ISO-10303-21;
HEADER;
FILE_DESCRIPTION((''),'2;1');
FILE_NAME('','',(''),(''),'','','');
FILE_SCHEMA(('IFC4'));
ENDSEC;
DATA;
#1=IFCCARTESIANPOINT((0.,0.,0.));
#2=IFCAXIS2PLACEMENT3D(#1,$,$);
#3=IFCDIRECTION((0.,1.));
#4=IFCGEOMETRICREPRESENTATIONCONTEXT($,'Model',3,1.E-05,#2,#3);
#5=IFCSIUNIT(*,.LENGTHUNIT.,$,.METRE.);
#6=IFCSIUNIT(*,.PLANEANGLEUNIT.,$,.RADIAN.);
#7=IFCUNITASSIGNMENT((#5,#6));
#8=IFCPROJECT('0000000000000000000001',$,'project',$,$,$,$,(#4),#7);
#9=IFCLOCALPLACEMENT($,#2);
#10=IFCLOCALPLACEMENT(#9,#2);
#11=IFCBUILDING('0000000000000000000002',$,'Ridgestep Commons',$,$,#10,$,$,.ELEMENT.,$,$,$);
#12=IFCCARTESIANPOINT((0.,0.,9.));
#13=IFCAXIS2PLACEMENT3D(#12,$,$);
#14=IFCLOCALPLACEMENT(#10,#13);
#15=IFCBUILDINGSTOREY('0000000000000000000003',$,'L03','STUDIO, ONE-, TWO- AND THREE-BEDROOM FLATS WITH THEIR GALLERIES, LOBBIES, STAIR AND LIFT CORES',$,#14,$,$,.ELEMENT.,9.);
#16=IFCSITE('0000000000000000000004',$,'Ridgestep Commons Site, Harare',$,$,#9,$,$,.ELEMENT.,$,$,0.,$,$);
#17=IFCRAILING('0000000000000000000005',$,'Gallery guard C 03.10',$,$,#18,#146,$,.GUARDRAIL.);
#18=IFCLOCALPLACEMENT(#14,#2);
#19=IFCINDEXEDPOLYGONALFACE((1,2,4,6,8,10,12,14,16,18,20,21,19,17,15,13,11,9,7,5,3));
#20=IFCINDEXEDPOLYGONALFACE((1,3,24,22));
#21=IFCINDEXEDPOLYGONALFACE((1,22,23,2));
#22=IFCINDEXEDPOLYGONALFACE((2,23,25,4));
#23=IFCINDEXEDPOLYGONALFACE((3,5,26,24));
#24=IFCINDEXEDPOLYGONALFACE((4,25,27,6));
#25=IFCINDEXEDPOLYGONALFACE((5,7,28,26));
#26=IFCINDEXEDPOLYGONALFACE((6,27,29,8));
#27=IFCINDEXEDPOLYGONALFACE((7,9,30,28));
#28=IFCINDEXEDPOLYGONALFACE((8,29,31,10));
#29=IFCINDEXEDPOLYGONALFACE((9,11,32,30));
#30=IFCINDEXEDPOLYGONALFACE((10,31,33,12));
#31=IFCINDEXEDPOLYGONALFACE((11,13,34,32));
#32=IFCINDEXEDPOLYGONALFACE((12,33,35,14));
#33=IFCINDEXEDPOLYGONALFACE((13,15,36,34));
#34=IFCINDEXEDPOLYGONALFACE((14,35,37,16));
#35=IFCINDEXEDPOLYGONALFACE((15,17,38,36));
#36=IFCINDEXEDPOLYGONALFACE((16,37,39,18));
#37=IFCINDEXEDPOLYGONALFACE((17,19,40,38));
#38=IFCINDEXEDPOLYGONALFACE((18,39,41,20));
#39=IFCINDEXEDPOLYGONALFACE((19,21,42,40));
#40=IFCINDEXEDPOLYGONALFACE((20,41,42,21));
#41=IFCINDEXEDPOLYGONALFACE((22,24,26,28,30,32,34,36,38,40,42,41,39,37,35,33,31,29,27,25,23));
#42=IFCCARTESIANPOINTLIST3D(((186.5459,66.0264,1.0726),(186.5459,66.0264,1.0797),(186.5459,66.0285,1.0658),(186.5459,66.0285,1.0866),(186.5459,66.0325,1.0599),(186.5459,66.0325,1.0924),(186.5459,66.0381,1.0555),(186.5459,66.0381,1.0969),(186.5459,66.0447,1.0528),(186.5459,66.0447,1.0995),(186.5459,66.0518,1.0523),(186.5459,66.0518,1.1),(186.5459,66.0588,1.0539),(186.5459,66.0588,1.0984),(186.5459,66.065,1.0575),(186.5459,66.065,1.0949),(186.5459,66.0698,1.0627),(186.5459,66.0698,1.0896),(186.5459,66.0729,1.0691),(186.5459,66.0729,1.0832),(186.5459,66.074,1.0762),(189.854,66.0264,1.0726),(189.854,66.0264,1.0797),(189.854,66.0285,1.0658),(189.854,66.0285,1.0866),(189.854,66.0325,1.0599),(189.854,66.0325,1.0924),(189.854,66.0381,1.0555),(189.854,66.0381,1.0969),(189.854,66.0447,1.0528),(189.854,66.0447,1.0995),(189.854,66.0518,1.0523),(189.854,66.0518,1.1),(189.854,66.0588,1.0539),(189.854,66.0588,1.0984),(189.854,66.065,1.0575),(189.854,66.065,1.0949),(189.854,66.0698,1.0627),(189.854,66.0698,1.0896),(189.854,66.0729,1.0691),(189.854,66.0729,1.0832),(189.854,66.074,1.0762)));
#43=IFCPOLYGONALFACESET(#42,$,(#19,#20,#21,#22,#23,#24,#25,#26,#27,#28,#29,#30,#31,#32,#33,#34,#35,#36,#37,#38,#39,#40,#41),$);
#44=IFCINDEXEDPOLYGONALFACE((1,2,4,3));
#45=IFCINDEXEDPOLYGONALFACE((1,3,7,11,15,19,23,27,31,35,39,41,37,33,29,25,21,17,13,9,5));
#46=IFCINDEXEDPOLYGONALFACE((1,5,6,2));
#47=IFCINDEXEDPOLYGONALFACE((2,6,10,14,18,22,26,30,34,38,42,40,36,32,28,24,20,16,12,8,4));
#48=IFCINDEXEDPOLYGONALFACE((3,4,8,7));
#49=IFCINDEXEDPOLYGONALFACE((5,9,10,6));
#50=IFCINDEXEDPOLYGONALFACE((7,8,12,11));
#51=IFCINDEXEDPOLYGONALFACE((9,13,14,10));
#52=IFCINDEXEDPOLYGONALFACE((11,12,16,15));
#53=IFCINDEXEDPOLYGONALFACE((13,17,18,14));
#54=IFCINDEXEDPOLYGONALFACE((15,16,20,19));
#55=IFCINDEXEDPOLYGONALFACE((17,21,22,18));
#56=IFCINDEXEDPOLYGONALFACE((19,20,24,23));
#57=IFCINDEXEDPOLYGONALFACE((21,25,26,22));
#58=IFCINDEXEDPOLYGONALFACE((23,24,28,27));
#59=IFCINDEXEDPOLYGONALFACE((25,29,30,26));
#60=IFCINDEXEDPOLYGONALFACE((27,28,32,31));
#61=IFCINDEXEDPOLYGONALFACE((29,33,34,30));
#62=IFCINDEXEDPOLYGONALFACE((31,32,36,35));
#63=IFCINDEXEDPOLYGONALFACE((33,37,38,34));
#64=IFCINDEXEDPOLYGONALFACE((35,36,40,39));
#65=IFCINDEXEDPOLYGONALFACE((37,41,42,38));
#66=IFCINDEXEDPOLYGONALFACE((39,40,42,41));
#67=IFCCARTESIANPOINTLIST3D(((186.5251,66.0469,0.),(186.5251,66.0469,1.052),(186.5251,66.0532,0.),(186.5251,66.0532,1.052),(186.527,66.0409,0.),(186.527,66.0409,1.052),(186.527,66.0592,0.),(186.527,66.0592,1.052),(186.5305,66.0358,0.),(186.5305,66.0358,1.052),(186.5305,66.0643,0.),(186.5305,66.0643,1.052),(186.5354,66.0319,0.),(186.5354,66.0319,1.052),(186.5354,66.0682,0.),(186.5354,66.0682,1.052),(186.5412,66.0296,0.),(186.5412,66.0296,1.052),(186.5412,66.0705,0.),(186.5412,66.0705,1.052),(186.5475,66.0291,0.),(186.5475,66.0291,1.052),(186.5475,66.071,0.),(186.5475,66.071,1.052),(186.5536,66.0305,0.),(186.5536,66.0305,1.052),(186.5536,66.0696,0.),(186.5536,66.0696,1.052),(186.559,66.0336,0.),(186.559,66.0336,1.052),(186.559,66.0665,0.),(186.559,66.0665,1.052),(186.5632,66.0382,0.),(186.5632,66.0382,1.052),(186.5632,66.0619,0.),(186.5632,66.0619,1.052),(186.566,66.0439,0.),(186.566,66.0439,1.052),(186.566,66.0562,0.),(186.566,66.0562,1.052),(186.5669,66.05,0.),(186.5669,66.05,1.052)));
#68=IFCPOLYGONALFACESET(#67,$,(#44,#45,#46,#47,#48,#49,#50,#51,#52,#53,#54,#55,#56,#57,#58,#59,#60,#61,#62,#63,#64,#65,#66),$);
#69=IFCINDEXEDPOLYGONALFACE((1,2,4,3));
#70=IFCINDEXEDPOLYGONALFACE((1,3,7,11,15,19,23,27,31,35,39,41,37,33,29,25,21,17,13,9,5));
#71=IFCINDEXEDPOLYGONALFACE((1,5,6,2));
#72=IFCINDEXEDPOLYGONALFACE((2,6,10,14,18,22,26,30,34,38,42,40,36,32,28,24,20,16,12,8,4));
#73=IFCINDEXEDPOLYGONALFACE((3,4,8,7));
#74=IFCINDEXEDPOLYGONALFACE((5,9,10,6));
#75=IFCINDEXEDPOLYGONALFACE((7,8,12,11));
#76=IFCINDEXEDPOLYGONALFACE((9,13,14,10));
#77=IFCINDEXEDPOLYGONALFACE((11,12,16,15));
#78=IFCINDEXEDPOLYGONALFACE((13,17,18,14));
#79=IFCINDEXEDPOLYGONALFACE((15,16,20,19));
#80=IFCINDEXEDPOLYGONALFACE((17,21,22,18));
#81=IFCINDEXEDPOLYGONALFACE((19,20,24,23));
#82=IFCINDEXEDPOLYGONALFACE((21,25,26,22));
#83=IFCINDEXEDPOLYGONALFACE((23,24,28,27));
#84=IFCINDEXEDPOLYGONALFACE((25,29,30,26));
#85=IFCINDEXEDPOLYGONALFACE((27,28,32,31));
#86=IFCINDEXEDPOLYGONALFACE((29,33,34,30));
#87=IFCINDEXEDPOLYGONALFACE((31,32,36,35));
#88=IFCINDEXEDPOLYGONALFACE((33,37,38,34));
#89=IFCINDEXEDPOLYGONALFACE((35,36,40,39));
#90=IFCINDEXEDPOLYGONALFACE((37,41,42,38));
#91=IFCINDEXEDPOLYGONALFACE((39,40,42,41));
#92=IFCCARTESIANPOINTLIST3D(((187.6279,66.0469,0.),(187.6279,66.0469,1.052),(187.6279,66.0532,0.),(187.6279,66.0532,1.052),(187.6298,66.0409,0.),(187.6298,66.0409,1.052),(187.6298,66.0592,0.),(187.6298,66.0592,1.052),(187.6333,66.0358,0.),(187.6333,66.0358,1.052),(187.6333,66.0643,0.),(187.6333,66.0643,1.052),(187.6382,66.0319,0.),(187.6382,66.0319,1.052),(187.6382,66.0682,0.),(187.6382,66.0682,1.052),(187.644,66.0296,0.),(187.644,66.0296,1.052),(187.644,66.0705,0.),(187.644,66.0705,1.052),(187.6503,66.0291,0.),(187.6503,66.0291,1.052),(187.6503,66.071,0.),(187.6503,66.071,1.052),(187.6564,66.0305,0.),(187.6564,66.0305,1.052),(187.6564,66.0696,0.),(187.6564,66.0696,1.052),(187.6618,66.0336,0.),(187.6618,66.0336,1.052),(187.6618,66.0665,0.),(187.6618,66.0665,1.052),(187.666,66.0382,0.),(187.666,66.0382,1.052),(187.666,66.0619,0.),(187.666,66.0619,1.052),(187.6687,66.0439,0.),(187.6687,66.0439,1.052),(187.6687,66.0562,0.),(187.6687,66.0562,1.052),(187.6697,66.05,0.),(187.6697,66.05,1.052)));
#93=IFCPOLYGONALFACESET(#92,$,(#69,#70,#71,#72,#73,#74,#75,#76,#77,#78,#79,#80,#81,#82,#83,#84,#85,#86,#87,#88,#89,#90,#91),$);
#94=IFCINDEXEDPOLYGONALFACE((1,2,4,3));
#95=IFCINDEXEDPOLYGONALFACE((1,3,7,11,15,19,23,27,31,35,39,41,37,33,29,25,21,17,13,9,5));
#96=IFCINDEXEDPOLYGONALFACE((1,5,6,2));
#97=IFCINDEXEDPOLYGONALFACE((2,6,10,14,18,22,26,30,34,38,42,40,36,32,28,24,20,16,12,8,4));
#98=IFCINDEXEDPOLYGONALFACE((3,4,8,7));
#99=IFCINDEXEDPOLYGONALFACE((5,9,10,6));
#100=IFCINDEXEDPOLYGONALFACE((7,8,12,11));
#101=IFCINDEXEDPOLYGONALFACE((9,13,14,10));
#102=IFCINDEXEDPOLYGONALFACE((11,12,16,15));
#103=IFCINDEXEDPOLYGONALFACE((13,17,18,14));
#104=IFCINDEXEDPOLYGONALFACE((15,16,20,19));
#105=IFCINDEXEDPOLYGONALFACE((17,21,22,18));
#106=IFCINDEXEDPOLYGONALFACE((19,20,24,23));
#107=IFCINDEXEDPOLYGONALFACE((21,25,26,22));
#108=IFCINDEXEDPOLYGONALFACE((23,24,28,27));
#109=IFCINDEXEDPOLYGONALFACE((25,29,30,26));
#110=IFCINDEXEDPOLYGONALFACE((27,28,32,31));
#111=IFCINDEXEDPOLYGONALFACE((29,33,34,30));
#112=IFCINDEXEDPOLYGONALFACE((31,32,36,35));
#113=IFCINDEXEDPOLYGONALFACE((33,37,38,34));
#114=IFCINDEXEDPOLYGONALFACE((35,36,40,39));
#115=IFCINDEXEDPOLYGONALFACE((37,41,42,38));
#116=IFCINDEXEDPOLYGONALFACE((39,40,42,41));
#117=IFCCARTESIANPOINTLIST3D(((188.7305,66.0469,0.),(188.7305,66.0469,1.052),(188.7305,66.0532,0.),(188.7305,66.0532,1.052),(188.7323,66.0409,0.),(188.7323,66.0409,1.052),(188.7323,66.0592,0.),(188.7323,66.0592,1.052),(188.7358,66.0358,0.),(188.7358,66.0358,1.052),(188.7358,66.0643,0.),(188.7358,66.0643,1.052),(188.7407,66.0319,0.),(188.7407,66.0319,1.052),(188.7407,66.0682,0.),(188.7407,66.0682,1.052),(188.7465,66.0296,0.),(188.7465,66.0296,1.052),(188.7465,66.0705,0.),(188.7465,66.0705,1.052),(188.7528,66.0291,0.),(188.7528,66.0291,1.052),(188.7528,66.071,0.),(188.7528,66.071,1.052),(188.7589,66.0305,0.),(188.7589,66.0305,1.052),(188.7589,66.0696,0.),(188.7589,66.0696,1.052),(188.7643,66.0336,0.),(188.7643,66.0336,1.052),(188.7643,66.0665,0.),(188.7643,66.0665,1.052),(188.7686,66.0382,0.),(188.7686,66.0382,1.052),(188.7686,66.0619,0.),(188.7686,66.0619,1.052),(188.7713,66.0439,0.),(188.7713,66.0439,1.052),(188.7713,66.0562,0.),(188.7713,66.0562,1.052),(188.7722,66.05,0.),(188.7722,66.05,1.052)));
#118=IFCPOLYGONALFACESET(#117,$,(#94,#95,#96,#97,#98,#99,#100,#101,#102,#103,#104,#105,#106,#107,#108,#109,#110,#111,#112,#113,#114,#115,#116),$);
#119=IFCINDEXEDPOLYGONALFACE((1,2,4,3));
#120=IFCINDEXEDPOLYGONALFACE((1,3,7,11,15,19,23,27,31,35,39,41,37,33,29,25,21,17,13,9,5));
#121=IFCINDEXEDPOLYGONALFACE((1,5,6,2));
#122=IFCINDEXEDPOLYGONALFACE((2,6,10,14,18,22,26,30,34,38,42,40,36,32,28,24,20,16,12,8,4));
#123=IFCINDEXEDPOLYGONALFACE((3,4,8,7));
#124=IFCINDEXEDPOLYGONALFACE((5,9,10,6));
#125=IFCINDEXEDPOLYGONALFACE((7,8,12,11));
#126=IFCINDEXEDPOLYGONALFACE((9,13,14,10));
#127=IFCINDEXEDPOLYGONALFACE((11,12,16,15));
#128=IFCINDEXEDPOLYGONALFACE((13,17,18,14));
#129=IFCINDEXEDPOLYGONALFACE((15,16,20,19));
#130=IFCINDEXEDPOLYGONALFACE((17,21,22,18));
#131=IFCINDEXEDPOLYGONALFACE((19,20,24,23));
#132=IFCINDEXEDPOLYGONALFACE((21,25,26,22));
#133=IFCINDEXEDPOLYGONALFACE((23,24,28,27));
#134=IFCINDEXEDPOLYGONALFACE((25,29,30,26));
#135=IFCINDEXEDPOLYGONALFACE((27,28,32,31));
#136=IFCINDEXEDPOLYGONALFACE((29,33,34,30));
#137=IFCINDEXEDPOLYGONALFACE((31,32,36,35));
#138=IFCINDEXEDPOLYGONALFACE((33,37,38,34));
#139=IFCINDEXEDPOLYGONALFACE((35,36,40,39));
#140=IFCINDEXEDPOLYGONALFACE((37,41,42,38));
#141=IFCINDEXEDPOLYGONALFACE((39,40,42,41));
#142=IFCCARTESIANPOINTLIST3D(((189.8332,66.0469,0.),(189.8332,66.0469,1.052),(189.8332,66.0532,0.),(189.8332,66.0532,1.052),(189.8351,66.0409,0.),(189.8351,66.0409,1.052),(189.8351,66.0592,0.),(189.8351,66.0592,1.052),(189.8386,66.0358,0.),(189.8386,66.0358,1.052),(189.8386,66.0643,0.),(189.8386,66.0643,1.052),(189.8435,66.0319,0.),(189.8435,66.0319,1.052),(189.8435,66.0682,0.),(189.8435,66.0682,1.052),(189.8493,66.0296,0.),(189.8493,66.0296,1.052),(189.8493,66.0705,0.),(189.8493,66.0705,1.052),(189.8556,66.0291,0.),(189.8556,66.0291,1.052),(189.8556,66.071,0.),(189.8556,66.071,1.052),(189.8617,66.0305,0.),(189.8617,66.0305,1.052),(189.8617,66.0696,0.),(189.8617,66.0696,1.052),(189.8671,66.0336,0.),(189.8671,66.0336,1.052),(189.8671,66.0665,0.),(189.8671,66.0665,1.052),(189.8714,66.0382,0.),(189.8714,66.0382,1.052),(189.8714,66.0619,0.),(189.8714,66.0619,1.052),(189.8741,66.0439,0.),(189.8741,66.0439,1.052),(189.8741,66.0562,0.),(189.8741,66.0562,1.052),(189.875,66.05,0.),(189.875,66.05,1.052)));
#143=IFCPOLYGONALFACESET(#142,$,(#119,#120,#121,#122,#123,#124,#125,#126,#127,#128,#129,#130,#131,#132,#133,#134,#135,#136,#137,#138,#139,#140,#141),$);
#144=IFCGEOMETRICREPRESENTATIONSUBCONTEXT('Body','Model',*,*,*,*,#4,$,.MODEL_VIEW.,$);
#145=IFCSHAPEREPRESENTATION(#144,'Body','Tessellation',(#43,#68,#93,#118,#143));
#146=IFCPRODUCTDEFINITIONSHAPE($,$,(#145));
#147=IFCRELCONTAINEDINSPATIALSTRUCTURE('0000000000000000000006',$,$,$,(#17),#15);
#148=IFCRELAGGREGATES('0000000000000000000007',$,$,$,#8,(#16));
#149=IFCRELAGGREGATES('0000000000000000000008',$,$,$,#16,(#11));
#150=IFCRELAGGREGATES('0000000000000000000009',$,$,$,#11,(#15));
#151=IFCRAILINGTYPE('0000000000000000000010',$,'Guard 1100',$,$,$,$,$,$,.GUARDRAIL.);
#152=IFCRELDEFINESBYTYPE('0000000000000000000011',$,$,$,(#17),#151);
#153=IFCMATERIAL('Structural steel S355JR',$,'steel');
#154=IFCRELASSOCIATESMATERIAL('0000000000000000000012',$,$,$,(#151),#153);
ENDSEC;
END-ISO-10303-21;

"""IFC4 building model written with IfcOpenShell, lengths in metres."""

from ifc_helpers import new_model, si_unit, direction, frame, origin, origin_2d, place, context, subcontext, project, spatial, circle, extrude, material, type_object, element, save


model = new_model("IFC4")

# Units and contexts
model_context = context("Model", 3, precision=1e-05, world=origin(), true_north=direction((0.0, 1.0)))
body_context = subcontext(model_context, "Body", "Model", "MODEL_VIEW")
ifc_project = project(units=[si_unit("LENGTHUNIT", "METRE"), si_unit("PLANEANGLEUNIT", "RADIAN")], contexts=[model_context])

# Site, building, storey
site_placement = place(None, origin())
site = spatial("IfcSite", under=ifc_project, at=site_placement, Name="Ridgestep Commons Site, Harare", CompositionType="ELEMENT", RefElevation=0.0)
building_placement = place(site_placement, origin())
building = spatial("IfcBuilding", under=site, at=building_placement, Name="Ridgestep Commons", CompositionType="ELEMENT")
storey_placement = place(building_placement, frame((0.0, 0.0, 9.0)))
storey = spatial("IfcBuildingStorey", under=building, at=storey_placement, Name="L03", Description="STUDIO, ONE-, TWO- AND THREE-BEDROOM FLATS WITH THEIR GALLERIES, LOBBIES, STAIR AND LIFT CORES", CompositionType="ELEMENT", Elevation=9.0)

# Railing
ifc_material_1 = material(Name="Structural steel S355JR", Category="steel")
railing_type_1 = type_object("IfcRailingType", Name="Guard 1100", PredefinedType="GUARDRAIL", material=ifc_material_1)
railing_1_placement = place(storey_placement, frame((186.5459, 66.05, 0.0)))
element("IfcRailing", 1, at=railing_1_placement, inside=storey, type_object=railing_type_1, Name="Gallery guard C 03.10", PredefinedType="GUARDRAIL", context=body_context, shape_type="SweptSolid", body=[
    extrude(circle(Radius=0.0239, at=origin_2d()), frame((0.0, 0.0, 1.0762), z_axis=(1.0, 0.0, 0.0), x_axis=(0.0, 1.0, 0.0)), (0.0, 0.0, 1.0), 3.3081),
    extrude(circle(Radius=0.021, at=origin_2d()), origin(), (0.0, 0.0, 1.0), 1.052),
    extrude(circle(Radius=0.021, at=origin_2d()), frame((1.1028, 0.0, 0.0)), (0.0, 0.0, 1.0), 1.052),
    extrude(circle(Radius=0.021, at=origin_2d()), frame((2.2053, 0.0, 0.0)), (0.0, 0.0, 1.0), 1.052),
    extrude(circle(Radius=0.021, at=origin_2d()), frame((3.3081, 0.0, 0.0)), (0.0, 0.0, 1.0), 1.052),
])

save(model, "model.ifc")
